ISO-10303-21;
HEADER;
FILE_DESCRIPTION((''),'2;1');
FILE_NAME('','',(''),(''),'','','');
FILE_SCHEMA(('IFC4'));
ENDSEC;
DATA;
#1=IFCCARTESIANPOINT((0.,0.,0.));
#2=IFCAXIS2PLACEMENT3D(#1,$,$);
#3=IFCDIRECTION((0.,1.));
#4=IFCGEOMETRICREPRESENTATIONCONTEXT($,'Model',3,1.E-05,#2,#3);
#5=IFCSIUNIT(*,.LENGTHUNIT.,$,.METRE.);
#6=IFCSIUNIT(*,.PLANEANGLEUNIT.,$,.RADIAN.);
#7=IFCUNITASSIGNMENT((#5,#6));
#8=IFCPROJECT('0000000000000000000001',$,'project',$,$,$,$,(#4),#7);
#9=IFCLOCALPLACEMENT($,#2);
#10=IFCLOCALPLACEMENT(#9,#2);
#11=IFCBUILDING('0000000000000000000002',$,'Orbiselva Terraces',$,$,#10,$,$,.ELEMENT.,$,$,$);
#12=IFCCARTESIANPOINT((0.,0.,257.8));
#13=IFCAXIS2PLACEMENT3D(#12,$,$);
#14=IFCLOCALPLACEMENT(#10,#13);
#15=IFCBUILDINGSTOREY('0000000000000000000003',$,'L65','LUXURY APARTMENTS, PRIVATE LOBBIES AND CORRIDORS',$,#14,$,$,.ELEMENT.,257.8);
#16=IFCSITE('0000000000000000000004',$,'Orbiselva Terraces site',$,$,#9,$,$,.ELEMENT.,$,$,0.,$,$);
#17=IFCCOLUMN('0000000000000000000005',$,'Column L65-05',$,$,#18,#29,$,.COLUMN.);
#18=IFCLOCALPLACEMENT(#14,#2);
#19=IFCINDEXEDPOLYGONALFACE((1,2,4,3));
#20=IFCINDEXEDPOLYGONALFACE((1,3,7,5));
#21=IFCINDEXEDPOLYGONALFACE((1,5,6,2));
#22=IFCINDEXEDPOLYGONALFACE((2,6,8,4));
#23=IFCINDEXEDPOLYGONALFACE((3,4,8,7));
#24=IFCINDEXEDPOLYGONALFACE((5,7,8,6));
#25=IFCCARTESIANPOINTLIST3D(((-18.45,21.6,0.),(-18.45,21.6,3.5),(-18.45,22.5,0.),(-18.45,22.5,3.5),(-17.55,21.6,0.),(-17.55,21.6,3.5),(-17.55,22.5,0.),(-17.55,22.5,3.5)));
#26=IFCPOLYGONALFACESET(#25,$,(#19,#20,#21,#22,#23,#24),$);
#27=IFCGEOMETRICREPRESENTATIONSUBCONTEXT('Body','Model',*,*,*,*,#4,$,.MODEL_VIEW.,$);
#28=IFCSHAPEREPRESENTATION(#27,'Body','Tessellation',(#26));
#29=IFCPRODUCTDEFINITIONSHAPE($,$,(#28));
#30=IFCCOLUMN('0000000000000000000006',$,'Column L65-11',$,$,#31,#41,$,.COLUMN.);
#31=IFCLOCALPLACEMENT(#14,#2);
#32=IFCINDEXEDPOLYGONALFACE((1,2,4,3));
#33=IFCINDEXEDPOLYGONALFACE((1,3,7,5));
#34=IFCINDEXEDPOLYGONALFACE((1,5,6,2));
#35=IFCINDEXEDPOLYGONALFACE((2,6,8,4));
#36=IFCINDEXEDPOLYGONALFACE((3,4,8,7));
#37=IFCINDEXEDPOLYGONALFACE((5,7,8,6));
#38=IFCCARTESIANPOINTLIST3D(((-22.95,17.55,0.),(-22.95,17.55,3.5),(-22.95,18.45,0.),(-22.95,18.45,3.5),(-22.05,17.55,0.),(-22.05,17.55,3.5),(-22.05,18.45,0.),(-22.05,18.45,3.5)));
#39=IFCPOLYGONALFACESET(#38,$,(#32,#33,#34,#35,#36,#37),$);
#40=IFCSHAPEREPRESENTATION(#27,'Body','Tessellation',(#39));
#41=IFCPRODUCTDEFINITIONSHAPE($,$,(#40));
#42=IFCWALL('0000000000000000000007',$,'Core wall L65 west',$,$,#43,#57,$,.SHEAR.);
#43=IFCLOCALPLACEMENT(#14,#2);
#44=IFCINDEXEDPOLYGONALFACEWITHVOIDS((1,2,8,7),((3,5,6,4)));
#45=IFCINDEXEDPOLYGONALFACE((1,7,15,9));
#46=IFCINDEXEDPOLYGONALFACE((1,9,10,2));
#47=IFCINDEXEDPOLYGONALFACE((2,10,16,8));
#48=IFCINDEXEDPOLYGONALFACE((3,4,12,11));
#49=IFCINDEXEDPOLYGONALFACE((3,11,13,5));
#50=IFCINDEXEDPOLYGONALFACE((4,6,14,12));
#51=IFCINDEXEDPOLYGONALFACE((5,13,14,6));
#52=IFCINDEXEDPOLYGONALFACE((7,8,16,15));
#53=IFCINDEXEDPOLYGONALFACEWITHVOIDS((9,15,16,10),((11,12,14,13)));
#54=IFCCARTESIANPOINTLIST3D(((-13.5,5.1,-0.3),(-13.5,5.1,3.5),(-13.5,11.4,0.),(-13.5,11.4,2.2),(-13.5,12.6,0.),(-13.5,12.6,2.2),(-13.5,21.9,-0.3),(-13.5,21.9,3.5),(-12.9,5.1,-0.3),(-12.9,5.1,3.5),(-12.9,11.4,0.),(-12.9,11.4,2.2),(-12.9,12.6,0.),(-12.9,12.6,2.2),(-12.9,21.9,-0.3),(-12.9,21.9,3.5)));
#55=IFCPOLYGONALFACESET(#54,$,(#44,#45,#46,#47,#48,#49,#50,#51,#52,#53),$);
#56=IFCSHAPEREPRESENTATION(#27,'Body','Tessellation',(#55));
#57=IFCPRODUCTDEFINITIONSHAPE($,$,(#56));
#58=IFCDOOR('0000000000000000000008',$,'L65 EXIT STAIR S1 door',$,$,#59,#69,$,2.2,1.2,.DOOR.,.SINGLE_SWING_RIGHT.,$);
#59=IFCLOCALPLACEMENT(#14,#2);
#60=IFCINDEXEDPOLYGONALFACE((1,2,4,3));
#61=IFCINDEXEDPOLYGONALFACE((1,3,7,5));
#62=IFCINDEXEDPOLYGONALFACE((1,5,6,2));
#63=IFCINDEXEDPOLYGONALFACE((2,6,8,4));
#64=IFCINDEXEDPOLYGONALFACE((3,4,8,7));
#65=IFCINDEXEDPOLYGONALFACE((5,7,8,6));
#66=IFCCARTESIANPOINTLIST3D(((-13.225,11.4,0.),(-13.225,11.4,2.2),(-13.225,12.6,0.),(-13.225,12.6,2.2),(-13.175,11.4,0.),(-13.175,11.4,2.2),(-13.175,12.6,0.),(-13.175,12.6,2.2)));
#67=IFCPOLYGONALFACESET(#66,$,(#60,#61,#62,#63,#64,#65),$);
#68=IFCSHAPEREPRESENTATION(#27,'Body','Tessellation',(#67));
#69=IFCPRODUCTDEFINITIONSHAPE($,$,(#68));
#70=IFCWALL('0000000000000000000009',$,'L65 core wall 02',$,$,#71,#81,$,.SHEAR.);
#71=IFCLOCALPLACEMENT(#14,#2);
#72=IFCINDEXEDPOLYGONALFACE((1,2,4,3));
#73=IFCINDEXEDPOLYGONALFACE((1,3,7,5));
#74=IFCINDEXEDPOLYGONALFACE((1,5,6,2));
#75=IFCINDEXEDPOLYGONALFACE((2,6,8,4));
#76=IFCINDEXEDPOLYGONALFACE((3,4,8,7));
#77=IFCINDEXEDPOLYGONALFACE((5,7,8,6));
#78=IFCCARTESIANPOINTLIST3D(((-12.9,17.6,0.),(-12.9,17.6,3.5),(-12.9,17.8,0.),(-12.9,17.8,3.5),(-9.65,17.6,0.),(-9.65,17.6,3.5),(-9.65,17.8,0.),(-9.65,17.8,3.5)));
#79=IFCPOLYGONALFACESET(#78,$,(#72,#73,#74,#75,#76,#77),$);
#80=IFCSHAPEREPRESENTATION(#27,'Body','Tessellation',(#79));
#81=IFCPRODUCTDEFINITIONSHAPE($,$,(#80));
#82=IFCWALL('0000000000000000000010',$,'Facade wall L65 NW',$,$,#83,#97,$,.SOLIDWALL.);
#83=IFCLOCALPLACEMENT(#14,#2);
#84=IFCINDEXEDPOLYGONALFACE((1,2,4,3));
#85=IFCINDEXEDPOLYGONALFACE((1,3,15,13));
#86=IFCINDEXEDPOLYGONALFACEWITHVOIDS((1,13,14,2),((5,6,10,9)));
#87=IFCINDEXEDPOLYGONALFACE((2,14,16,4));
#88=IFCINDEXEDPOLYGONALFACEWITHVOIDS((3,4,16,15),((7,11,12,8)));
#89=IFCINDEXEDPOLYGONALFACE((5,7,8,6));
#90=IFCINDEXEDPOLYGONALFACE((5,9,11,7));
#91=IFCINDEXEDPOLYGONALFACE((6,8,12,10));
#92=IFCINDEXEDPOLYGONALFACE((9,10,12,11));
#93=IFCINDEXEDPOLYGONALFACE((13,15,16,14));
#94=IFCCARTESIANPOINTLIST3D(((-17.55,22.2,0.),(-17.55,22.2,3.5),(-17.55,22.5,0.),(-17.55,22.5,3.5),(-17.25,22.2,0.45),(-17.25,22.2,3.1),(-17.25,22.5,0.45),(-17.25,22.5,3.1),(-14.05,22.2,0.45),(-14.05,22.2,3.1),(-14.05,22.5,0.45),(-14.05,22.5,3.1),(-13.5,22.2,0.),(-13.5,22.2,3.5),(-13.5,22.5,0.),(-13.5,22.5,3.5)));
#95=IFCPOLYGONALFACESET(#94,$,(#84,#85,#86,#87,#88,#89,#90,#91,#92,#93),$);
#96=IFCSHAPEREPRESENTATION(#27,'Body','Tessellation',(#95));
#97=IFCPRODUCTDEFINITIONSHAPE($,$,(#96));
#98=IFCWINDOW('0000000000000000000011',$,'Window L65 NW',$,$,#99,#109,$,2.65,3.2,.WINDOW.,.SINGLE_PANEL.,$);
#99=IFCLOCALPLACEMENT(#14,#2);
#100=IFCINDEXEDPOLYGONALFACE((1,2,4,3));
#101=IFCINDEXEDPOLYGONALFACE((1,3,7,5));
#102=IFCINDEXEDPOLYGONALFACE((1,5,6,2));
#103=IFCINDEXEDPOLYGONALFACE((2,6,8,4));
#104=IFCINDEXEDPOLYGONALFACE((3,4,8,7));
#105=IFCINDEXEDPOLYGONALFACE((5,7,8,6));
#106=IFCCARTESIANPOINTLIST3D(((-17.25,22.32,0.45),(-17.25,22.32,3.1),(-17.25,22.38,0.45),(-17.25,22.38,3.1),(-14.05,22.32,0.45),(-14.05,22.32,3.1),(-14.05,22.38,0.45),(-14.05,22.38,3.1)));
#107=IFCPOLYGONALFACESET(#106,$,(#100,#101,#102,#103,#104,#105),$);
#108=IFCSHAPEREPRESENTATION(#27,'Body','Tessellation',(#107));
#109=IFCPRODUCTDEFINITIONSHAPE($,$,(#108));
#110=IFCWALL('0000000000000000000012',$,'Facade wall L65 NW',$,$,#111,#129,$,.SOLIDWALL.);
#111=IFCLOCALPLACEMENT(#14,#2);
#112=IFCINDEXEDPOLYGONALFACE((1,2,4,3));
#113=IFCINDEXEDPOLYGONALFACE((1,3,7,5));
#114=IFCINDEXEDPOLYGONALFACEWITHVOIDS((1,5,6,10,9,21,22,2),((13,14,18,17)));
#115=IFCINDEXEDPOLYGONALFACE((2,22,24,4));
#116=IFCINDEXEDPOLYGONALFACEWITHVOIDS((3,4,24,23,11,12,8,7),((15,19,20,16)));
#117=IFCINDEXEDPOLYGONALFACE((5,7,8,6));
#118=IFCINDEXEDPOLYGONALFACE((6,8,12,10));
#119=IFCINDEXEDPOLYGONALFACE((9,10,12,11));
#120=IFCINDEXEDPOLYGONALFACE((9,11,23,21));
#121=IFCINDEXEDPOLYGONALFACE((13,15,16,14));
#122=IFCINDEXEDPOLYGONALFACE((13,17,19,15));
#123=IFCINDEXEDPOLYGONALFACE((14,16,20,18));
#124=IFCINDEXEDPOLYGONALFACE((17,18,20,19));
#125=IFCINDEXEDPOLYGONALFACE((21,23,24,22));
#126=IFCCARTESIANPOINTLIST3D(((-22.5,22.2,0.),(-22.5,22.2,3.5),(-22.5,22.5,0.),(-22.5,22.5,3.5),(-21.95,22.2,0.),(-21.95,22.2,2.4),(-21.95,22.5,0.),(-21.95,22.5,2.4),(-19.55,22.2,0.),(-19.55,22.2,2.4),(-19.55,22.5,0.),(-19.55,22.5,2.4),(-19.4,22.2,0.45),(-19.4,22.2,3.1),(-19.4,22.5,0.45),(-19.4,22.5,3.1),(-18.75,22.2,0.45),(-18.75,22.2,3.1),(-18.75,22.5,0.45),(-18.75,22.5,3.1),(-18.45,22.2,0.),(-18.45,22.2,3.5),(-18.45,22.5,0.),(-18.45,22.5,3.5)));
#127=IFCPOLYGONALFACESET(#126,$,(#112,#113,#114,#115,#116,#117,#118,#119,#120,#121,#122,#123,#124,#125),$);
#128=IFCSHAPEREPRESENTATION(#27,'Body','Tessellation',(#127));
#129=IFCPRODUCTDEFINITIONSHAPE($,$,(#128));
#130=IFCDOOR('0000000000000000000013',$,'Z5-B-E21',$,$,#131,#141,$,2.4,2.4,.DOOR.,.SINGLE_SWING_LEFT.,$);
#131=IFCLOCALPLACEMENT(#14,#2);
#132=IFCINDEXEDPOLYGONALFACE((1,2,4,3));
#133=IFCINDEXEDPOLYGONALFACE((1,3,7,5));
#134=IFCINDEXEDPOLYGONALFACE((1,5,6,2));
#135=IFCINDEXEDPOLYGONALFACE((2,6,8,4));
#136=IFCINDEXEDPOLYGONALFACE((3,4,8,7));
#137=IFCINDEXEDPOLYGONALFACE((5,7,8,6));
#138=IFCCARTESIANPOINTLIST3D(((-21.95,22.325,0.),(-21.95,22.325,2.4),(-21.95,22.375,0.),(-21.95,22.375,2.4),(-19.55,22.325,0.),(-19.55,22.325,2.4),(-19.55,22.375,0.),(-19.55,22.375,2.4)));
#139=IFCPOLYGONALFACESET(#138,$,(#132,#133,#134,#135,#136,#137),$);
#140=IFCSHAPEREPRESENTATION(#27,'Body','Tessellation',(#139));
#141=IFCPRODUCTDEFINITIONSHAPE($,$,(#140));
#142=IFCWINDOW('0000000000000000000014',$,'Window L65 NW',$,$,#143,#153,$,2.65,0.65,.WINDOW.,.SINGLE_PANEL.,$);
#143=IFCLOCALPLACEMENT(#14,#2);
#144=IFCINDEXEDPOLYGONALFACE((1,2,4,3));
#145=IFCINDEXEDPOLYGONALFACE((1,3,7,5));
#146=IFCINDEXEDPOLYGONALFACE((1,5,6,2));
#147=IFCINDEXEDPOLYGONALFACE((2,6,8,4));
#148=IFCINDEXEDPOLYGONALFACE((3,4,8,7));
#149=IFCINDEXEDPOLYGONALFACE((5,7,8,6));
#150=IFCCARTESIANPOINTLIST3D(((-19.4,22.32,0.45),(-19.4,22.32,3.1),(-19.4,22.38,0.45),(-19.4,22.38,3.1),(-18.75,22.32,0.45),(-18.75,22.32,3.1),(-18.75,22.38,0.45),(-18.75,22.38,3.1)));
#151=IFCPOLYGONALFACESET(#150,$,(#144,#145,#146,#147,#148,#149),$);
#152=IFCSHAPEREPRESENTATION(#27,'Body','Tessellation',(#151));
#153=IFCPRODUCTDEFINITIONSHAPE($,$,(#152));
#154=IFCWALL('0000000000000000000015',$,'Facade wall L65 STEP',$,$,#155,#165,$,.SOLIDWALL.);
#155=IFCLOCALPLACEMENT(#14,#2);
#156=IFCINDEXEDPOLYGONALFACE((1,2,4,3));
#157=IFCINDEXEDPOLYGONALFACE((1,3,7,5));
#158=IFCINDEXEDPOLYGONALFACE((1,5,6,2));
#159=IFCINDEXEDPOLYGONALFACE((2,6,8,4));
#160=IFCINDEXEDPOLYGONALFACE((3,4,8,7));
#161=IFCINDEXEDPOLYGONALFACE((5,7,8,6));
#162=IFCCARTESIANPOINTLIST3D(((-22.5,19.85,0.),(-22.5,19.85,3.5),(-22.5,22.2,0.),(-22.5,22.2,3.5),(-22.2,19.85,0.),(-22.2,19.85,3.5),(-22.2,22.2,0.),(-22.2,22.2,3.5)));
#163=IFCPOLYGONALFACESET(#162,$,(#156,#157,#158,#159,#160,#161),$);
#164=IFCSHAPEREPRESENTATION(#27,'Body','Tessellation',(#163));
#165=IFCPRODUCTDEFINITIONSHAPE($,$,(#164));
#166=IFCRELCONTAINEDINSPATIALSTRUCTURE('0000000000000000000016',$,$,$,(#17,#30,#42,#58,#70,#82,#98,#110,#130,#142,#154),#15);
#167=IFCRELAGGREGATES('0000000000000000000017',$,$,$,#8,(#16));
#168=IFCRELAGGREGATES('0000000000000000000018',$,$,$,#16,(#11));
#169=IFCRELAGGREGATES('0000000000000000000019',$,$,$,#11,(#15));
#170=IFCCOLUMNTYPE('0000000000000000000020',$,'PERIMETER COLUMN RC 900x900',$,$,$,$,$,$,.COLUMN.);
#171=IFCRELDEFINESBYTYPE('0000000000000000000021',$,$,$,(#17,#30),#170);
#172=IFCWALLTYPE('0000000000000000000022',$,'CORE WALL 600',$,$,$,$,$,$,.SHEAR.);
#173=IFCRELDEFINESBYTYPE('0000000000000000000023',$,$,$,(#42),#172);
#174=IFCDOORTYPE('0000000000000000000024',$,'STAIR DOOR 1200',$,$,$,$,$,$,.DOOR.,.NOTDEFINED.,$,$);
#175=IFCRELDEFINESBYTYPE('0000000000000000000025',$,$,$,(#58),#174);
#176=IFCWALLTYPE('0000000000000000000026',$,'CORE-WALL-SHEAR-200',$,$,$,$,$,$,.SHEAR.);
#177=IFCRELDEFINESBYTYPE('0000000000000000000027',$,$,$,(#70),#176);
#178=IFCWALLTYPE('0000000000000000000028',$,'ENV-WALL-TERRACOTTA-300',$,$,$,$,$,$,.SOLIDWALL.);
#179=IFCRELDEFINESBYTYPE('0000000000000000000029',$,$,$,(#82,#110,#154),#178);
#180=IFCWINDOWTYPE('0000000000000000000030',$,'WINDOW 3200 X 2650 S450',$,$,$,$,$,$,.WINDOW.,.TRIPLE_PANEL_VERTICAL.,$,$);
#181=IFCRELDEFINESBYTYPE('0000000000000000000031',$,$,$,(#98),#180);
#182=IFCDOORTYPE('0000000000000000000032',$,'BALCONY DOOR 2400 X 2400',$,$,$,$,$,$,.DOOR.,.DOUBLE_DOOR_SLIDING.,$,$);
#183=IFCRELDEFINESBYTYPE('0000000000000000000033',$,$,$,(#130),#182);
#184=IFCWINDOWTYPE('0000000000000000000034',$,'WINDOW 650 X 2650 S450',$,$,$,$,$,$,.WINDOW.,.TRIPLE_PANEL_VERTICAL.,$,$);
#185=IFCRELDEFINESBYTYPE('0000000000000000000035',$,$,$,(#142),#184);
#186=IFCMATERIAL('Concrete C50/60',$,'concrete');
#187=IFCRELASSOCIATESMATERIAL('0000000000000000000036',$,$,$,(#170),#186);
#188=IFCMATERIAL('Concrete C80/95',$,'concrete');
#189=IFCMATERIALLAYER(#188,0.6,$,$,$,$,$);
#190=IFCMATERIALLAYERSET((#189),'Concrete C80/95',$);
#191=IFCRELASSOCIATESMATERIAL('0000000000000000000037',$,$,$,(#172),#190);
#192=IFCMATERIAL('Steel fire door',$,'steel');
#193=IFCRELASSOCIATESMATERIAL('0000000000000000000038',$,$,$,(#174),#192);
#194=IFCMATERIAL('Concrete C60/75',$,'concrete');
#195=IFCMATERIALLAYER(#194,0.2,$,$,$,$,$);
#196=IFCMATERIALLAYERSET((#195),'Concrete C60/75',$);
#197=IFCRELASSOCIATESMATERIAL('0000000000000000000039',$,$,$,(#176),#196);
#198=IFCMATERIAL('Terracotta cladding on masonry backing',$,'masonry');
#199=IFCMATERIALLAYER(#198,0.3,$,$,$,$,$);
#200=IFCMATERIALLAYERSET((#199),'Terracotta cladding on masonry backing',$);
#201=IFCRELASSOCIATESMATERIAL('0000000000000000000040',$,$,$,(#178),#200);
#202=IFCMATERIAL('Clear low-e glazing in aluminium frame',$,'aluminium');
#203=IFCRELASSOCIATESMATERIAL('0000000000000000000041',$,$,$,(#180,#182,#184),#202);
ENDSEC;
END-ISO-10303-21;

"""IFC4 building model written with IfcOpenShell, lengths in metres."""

from ifc_helpers import new_model, si_unit, direction, frame, frame_2d, origin, origin_2d, place, context, subcontext, project, spatial, rectangle, extrude, material, layer, layer_set, material_profile, profile_set, type_object, element, fill, save


model = new_model("IFC4")

# Units and contexts
model_context = context("Model", 3, precision=1e-05, world=origin(), true_north=direction((0.0, 1.0)))
body_context = subcontext(model_context, "Body", "Model", "MODEL_VIEW")
ifc_project = project(units=[si_unit("LENGTHUNIT", "METRE"), si_unit("PLANEANGLEUNIT", "RADIAN")], contexts=[model_context])

# Site, building, storey
site_placement = place(None, origin())
site = spatial("IfcSite", under=ifc_project, at=site_placement, Name="Orbiselva Terraces site", CompositionType="ELEMENT", RefElevation=0.0)
building_placement = place(site_placement, origin())
building = spatial("IfcBuilding", under=site, at=building_placement, Name="Orbiselva Terraces", CompositionType="ELEMENT")
storey_placement = place(building_placement, frame((0.0, 0.0, 257.8)))
storey = spatial("IfcBuildingStorey", under=building, at=storey_placement, Name="L65", Description="LUXURY APARTMENTS, PRIVATE LOBBIES AND CORRIDORS", CompositionType="ELEMENT", Elevation=257.8)

# Columns
ifc_material_1 = material(Name="Concrete C50/60", Category="concrete")
ifc_material_profile = material_profile(ifc_material_1, rectangle(XDim=0.9, YDim=0.9, at=origin_2d()), Name="RC 900x900")
ifc_profile_set = profile_set([ifc_material_profile], Name="Concrete C50/60")
column_type = type_object("IfcColumnType", Name="PERIMETER COLUMN RC 900x900", PredefinedType="COLUMN", material=ifc_profile_set)
for number, where, z_axis, x_axis, name in (
    (1, (-18.0, 22.05, 0.0), (0.0, 0.0, 1.0), (1.0, 0.0, 0.0), "Column L65-05"),
    (2, (-22.5, 18.0, 0.0), (0.0, 0.0, 1.0), (1.0, 0.0, 0.0), "Column L65-11"),
):
    element("IfcColumn", number, at=place(storey_placement, frame(where, z_axis=z_axis, x_axis=x_axis)), inside=storey, type_object=column_type, Name=name, PredefinedType="COLUMN", context=body_context, shape_type="SweptSolid", body=[
        extrude(rectangle(XDim=0.9, YDim=0.9, at=origin_2d()), origin(), (0.0, 0.0, 1.0), 3.5),
    ])

# Wall, opening, door
ifc_material_2 = material(Name="Concrete C80/95", Category="concrete")
ifc_layer_1 = layer(ifc_material_2, 0.6)
ifc_layer_set_1 = layer_set([ifc_layer_1], Name="Concrete C80/95")
wall_type_1 = type_object("IfcWallType", Name="CORE WALL 600", PredefinedType="SHEAR", material=ifc_layer_set_1)
wall_1_placement = place(storey_placement, frame((-13.2, 21.9, -0.3), z_axis=(0.0, 0.0, 1.0), x_axis=(0.0, -1.0, 0.0)))
wall_1 = element("IfcWall", 3, at=wall_1_placement, inside=storey, type_object=wall_type_1, Name="Core wall L65 west", PredefinedType="SHEAR", context=body_context, shape_type="SweptSolid", body=[
    extrude(rectangle(XDim=16.8, YDim=0.6, at=frame_2d((8.4, 0.0))), origin(), (0.0, 0.0, 1.0), 3.8),
])
opening_1_placement = place(wall_1_placement, frame((9.3, 0.0, 0.3)))
opening_1 = element("IfcOpeningElement", 4, at=opening_1_placement, cuts=wall_1, PredefinedType="OPENING", context=body_context, shape_type="SweptSolid", body=[
    extrude(rectangle(XDim=1.2, YDim=2.2, at=frame_2d((0.6, 1.1))), frame((0.0, 0.31, 0.0), z_axis=(0.0, -1.0, 0.0), x_axis=(1.0, 0.0, 0.0)), (0.0, 0.0, 1.0), 0.62),
])
ifc_material_3 = material(Name="Steel fire door", Category="steel")
door_type_1 = type_object("IfcDoorType", Name="STAIR DOOR 1200", OperationType="NOTDEFINED", PredefinedType="DOOR", material=ifc_material_3)
door_1_placement = place(opening_1_placement, frame((1.2, 0.0, 0.0), z_axis=(0.0, 0.0, 1.0), x_axis=(-1.0, 0.0, 0.0)))
door_1 = element("IfcDoor", 5, at=door_1_placement, inside=storey, type_object=door_type_1, Name="L65 EXIT STAIR S1 door", OperationType="SINGLE_SWING_RIGHT", OverallHeight=2.2, OverallWidth=1.2, PredefinedType="DOOR", context=body_context, shape_type="SweptSolid", body=[
    extrude(rectangle(XDim=1.2, YDim=2.2, at=frame_2d((0.6, 1.1))), frame((0.0, 0.025, 0.0), z_axis=(0.0, -1.0, 0.0), x_axis=(1.0, 0.0, 0.0)), (0.0, 0.0, 1.0), 0.05),
])
fill(opening_1, door_1)

# Wall
ifc_material_4 = material(Name="Concrete C60/75", Category="concrete")
ifc_layer_2 = layer(ifc_material_4, 0.2)
ifc_layer_set_2 = layer_set([ifc_layer_2], Name="Concrete C60/75")
wall_type_2 = type_object("IfcWallType", Name="CORE-WALL-SHEAR-200", PredefinedType="SHEAR", material=ifc_layer_set_2)
wall_2_placement = place(storey_placement, frame((-12.9, 17.7, 0.0), z_axis=(0.0, 0.0, 1.0), x_axis=(1.0, 0.0, 0.0)))
element("IfcWall", 6, at=wall_2_placement, inside=storey, type_object=wall_type_2, Name="L65 core wall 02", PredefinedType="SHEAR", context=body_context, shape_type="SweptSolid", body=[
    extrude(rectangle(XDim=3.25, YDim=0.2, at=frame_2d((1.625, 0.0))), origin(), (0.0, 0.0, 1.0), 3.5),
])

# Wall, opening, window
ifc_material_5 = material(Name="Terracotta cladding on masonry backing", Category="masonry")
ifc_layer_3 = layer(ifc_material_5, 0.3)
ifc_layer_set_3 = layer_set([ifc_layer_3], Name="Terracotta cladding on masonry backing")
wall_type_3 = type_object("IfcWallType", Name="ENV-WALL-TERRACOTTA-300", PredefinedType="SOLIDWALL", material=ifc_layer_set_3)
wall_3_placement = place(storey_placement, frame((-17.55, 22.35, 0.0), z_axis=(0.0, 0.0, 1.0), x_axis=(1.0, 0.0, 0.0)))
wall_3 = element("IfcWall", 7, at=wall_3_placement, inside=storey, type_object=wall_type_3, Name="Facade wall L65 NW", PredefinedType="SOLIDWALL", context=body_context, shape_type="SweptSolid", body=[
    extrude(rectangle(XDim=4.05, YDim=0.3, at=frame_2d((2.025, 0.0))), origin(), (0.0, 0.0, 1.0), 3.5),
])
opening_2_placement = place(wall_3_placement, frame((0.3, 0.0, 0.45)))
opening_2 = element("IfcOpeningElement", 8, at=opening_2_placement, cuts=wall_3, PredefinedType="OPENING", context=body_context, shape_type="SweptSolid", body=[
    extrude(rectangle(XDim=3.2, YDim=2.65, at=frame_2d((1.6, 1.325))), frame((0.0, 0.16, 0.0), z_axis=(0.0, -1.0, 0.0), x_axis=(1.0, 0.0, 0.0)), (0.0, 0.0, 1.0), 0.32),
])
ifc_material_6 = material(Name="Clear low-e glazing in aluminium frame", Category="aluminium")
window_type_1 = type_object("IfcWindowType", Name="WINDOW 3200 X 2650 S450", PartitioningType="TRIPLE_PANEL_VERTICAL", PredefinedType="WINDOW", material=ifc_material_6)
window_1_placement = place(opening_2_placement, origin())
window_1 = element("IfcWindow", 9, at=window_1_placement, inside=storey, type_object=window_type_1, Name="Window L65 NW", OverallHeight=2.65, OverallWidth=3.2, PartitioningType="SINGLE_PANEL", PredefinedType="WINDOW", context=body_context, shape_type="SweptSolid", body=[
    extrude(rectangle(XDim=3.2, YDim=2.65, at=frame_2d((1.6, 1.325))), frame((0.0, 0.03, 0.0), z_axis=(0.0, -1.0, 0.0), x_axis=(1.0, 0.0, 0.0)), (0.0, 0.0, 1.0), 0.06),
])
fill(opening_2, window_1)

# Wall, openings, door, window
wall_4_placement = place(storey_placement, frame((-22.5, 22.35, 0.0), z_axis=(0.0, 0.0, 1.0), x_axis=(1.0, 0.0, 0.0)))
wall_4 = element("IfcWall", 10, at=wall_4_placement, inside=storey, type_object=wall_type_3, Name="Facade wall L65 NW", PredefinedType="SOLIDWALL", context=body_context, shape_type="SweptSolid", body=[
    extrude(rectangle(XDim=4.05, YDim=0.3, at=frame_2d((2.025, 0.0))), origin(), (0.0, 0.0, 1.0), 3.5),
])
opening_3_placement = place(wall_4_placement, frame((3.1, 0.0, 0.45)))
opening_3 = element("IfcOpeningElement", 11, at=opening_3_placement, cuts=wall_4, PredefinedType="OPENING", context=body_context, shape_type="SweptSolid", body=[
    extrude(rectangle(XDim=0.65, YDim=2.65, at=frame_2d((0.325, 1.325))), frame((0.0, 0.16, 0.0), z_axis=(0.0, -1.0, 0.0), x_axis=(1.0, 0.0, 0.0)), (0.0, 0.0, 1.0), 0.32),
])
opening_4_placement = place(wall_4_placement, frame((0.55, 0.0, 0.0)))
opening_4 = element("IfcOpeningElement", 12, at=opening_4_placement, cuts=wall_4, PredefinedType="OPENING", context=body_context, shape_type="SweptSolid", body=[
    extrude(rectangle(XDim=2.4, YDim=2.4, at=frame_2d((1.2, 1.2))), frame((0.0, 0.16, 0.0), z_axis=(0.0, -1.0, 0.0), x_axis=(1.0, 0.0, 0.0)), (0.0, 0.0, 1.0), 0.32),
])
door_type_2 = type_object("IfcDoorType", Name="BALCONY DOOR 2400 X 2400", OperationType="DOUBLE_DOOR_SLIDING", PredefinedType="DOOR", material=ifc_material_6)
door_2_placement = place(opening_4_placement, origin())
door_2 = element("IfcDoor", 13, at=door_2_placement, inside=storey, type_object=door_type_2, Name="Z5-B-E21", OperationType="SINGLE_SWING_LEFT", OverallHeight=2.4, OverallWidth=2.4, PredefinedType="DOOR", context=body_context, shape_type="SweptSolid", body=[
    extrude(rectangle(XDim=2.4, YDim=2.4, at=frame_2d((1.2, 1.2))), frame((0.0, 0.025, 0.0), z_axis=(0.0, -1.0, 0.0), x_axis=(1.0, 0.0, 0.0)), (0.0, 0.0, 1.0), 0.05),
])
fill(opening_4, door_2)
window_type_2 = type_object("IfcWindowType", Name="WINDOW 650 X 2650 S450", PartitioningType="TRIPLE_PANEL_VERTICAL", PredefinedType="WINDOW", material=ifc_material_6)
window_2_placement = place(opening_3_placement, origin())
window_2 = element("IfcWindow", 14, at=window_2_placement, inside=storey, type_object=window_type_2, Name="Window L65 NW", OverallHeight=2.65, OverallWidth=0.65, PartitioningType="SINGLE_PANEL", PredefinedType="WINDOW", context=body_context, shape_type="SweptSolid", body=[
    extrude(rectangle(XDim=0.65, YDim=2.65, at=frame_2d((0.325, 1.325))), frame((0.0, 0.03, 0.0), z_axis=(0.0, -1.0, 0.0), x_axis=(1.0, 0.0, 0.0)), (0.0, 0.0, 1.0), 0.06),
])
fill(opening_3, window_2)

# Wall
wall_5_placement = place(storey_placement, frame((-22.35, 19.85, 0.0), z_axis=(0.0, 0.0, 1.0), x_axis=(0.0, 1.0, 0.0)))
element("IfcWall", 15, at=wall_5_placement, inside=storey, type_object=wall_type_3, Name="Facade wall L65 STEP", PredefinedType="SOLIDWALL", context=body_context, shape_type="SweptSolid", body=[
    extrude(rectangle(XDim=2.35, YDim=0.3, at=frame_2d((1.175, 0.0))), origin(), (0.0, 0.0, 1.0), 3.5),
])

save(model, "model.ifc")
